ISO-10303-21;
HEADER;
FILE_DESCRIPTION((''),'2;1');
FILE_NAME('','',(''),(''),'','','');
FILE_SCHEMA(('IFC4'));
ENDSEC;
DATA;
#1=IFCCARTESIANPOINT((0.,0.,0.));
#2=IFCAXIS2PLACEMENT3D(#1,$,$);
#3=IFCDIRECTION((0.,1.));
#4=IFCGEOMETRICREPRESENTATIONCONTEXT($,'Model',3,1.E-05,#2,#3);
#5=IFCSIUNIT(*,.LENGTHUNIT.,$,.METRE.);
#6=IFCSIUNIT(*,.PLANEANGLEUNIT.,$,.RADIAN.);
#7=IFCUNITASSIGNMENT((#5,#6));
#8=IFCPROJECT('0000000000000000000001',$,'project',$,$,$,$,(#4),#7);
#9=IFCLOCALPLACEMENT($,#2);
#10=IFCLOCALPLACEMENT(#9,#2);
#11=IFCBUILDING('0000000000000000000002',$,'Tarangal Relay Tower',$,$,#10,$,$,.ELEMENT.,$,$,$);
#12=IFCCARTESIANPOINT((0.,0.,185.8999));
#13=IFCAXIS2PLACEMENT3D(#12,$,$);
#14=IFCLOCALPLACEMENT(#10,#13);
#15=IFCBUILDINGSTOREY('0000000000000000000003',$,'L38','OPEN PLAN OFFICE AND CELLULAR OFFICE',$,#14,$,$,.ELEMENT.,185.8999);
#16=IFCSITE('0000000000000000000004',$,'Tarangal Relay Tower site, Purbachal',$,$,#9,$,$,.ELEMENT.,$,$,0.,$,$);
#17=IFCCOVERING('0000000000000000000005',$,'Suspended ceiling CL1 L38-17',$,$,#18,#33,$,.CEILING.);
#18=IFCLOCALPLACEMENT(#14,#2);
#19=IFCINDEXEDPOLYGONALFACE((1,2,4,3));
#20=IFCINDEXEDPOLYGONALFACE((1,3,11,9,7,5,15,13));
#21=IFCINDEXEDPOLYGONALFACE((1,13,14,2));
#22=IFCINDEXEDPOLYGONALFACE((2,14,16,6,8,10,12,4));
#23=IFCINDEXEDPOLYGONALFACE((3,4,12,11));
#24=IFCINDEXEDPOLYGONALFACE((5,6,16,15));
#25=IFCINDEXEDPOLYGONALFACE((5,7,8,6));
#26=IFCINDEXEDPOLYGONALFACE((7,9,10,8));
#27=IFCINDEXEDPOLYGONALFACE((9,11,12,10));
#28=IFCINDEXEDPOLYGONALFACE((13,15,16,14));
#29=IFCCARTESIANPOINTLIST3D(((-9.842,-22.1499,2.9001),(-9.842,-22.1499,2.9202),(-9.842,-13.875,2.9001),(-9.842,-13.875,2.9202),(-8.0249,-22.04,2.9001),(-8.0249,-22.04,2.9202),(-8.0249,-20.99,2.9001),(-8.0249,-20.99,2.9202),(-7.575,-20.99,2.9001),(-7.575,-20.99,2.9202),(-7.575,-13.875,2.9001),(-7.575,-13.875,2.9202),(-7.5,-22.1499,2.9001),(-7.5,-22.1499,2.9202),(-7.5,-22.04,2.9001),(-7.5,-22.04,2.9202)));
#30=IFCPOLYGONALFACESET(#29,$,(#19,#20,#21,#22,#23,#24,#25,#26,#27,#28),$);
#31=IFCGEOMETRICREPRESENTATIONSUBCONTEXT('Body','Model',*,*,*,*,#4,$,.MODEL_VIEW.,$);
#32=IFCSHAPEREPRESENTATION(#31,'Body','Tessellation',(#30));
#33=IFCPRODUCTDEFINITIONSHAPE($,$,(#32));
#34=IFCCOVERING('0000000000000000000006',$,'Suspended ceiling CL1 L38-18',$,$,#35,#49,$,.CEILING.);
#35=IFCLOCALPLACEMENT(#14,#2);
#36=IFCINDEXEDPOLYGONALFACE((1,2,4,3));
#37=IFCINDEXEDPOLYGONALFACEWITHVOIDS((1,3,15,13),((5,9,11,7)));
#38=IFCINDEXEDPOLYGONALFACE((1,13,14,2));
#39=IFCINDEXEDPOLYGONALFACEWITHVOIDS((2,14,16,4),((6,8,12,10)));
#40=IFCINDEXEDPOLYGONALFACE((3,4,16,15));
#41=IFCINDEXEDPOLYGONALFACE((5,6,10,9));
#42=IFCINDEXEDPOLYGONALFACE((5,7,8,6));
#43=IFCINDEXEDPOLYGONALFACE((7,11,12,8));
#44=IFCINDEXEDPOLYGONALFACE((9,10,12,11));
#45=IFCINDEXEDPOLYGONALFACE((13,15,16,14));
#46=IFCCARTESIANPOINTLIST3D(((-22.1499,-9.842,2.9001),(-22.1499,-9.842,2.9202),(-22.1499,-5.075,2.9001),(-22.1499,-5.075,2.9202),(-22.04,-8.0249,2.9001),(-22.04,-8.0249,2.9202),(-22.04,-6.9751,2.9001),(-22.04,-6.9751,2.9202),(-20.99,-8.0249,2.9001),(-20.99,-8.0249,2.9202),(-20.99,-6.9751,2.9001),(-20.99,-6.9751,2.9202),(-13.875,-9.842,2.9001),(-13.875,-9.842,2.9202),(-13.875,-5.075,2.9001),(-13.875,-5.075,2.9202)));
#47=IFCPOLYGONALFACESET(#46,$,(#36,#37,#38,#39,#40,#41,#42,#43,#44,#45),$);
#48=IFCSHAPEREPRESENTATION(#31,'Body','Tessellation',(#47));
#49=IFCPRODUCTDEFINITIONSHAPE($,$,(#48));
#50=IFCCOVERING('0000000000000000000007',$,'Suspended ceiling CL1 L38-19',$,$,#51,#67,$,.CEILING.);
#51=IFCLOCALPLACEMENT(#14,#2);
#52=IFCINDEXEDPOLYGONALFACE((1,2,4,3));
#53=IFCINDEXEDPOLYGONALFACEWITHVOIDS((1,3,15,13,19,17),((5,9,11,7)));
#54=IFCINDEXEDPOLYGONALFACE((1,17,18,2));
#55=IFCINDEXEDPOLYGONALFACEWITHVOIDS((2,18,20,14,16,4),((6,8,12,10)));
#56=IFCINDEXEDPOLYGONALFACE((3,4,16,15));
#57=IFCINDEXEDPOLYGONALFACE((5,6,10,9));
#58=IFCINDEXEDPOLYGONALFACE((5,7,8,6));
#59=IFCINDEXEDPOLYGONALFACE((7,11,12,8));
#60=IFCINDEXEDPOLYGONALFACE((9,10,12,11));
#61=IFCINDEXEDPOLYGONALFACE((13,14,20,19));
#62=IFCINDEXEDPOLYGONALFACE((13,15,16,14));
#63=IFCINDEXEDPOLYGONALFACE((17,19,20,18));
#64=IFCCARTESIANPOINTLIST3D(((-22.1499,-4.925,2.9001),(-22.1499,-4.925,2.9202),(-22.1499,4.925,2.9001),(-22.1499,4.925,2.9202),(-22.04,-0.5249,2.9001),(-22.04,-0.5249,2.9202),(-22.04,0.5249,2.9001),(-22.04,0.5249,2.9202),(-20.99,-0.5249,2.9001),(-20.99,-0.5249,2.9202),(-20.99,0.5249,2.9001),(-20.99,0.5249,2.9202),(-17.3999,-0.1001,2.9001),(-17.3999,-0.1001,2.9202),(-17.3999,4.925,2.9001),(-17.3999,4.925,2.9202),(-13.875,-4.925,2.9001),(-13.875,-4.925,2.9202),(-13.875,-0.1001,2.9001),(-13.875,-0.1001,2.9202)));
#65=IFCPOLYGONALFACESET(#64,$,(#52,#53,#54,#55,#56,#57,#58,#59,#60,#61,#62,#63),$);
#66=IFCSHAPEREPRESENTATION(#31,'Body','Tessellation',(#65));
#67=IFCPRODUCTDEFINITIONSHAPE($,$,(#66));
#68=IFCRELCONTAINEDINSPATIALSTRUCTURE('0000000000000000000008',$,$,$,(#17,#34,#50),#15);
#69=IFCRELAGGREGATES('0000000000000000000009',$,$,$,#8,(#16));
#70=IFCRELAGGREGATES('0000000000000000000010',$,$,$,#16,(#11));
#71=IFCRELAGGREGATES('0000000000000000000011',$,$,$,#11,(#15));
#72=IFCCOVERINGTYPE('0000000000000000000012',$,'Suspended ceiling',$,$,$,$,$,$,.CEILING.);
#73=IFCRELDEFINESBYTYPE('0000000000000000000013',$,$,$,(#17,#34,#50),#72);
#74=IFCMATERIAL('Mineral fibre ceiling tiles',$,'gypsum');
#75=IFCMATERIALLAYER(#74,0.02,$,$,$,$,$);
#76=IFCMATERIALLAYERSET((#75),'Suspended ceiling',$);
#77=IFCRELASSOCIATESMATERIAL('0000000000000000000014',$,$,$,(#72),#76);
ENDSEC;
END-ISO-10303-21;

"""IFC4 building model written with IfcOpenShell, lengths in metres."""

from ifc_helpers import new_model, si_unit, direction, frame, origin, place, context, subcontext, project, spatial, polyline, outline, extrude, material, layer, layer_set, type_object, element, save


model = new_model("IFC4")

# Units and contexts
model_context = context("Model", 3, precision=1e-05, world=origin(), true_north=direction((0.0, 1.0)))
body_context = subcontext(model_context, "Body", "Model", "MODEL_VIEW")
ifc_project = project(units=[si_unit("LENGTHUNIT", "METRE"), si_unit("PLANEANGLEUNIT", "RADIAN")], contexts=[model_context])

# Site, building, storey
site_placement = place(None, origin())
site = spatial("IfcSite", under=ifc_project, at=site_placement, Name="Tarangal Relay Tower site, Purbachal", CompositionType="ELEMENT", RefElevation=0.0)
building_placement = place(site_placement, origin())
building = spatial("IfcBuilding", under=site, at=building_placement, Name="Tarangal Relay Tower", CompositionType="ELEMENT")
storey_placement = place(building_placement, frame((0.0, 0.0, 185.8999)))
storey = spatial("IfcBuildingStorey", under=building, at=storey_placement, Name="L38", Description="OPEN PLAN OFFICE AND CELLULAR OFFICE", CompositionType="ELEMENT", Elevation=185.8999)

# Coverings
ifc_material_1 = material(Name="Mineral fibre ceiling tiles", Category="gypsum")
ifc_layer_1 = layer(ifc_material_1, 0.02)
ifc_layer_set_1 = layer_set([ifc_layer_1], Name="Suspended ceiling")
covering_type_1 = type_object("IfcCoveringType", Name="Suspended ceiling", PredefinedType="CEILING", material=ifc_layer_set_1)
covering_1_placement = place(storey_placement, frame((0.0, 0.0, 2.9001)))
element("IfcCovering", 1, at=covering_1_placement, inside=storey, type_object=covering_type_1, Name="Suspended ceiling CL1 L38-17", PredefinedType="CEILING", context=body_context, shape_type="SweptSolid", body=[
    extrude(outline(polyline([(-9.842, -22.1499), (-7.5, -22.1499), (-7.5, -22.04), (-8.0249, -22.04), (-8.0249, -20.99), (-7.575, -20.99), (-7.575, -13.875), (-9.842, -13.875), (-9.842, -22.1499)])), origin(), (0.0, 0.0, 1.0), 0.02),
])
covering_2_placement = place(storey_placement, frame((0.0, 0.0, 2.9001)))
element("IfcCovering", 2, at=covering_2_placement, inside=storey, type_object=covering_type_1, Name="Suspended ceiling CL1 L38-18", PredefinedType="CEILING", context=body_context, shape_type="SweptSolid", body=[
    extrude(outline(polyline([(-22.1499, -5.075), (-22.1499, -9.842), (-13.875, -9.842), (-13.875, -5.075), (-22.1499, -5.075)]), holes=[polyline([(-20.99, -6.9751), (-22.04, -6.9751), (-22.04, -8.0249), (-20.99, -8.0249), (-20.99, -6.9751)])]), origin(), (0.0, 0.0, 1.0), 0.02),
])
covering_3_placement = place(storey_placement, frame((0.0, 0.0, 2.9001)))
element("IfcCovering", 3, at=covering_3_placement, inside=storey, type_object=covering_type_1, Name="Suspended ceiling CL1 L38-19", PredefinedType="CEILING", context=body_context, shape_type="SweptSolid", body=[
    extrude(outline(polyline([(-22.1499, 4.925), (-22.1499, -4.925), (-13.875, -4.925), (-13.875, -0.1001), (-17.3999, -0.1001), (-17.3999, 4.925), (-22.1499, 4.925)]), holes=[polyline([(-20.99, 0.5249), (-22.04, 0.5249), (-22.04, -0.5249), (-20.99, -0.5249), (-20.99, 0.5249)])]), origin(), (0.0, 0.0, 1.0), 0.02),
])

save(model, "model.ifc")
